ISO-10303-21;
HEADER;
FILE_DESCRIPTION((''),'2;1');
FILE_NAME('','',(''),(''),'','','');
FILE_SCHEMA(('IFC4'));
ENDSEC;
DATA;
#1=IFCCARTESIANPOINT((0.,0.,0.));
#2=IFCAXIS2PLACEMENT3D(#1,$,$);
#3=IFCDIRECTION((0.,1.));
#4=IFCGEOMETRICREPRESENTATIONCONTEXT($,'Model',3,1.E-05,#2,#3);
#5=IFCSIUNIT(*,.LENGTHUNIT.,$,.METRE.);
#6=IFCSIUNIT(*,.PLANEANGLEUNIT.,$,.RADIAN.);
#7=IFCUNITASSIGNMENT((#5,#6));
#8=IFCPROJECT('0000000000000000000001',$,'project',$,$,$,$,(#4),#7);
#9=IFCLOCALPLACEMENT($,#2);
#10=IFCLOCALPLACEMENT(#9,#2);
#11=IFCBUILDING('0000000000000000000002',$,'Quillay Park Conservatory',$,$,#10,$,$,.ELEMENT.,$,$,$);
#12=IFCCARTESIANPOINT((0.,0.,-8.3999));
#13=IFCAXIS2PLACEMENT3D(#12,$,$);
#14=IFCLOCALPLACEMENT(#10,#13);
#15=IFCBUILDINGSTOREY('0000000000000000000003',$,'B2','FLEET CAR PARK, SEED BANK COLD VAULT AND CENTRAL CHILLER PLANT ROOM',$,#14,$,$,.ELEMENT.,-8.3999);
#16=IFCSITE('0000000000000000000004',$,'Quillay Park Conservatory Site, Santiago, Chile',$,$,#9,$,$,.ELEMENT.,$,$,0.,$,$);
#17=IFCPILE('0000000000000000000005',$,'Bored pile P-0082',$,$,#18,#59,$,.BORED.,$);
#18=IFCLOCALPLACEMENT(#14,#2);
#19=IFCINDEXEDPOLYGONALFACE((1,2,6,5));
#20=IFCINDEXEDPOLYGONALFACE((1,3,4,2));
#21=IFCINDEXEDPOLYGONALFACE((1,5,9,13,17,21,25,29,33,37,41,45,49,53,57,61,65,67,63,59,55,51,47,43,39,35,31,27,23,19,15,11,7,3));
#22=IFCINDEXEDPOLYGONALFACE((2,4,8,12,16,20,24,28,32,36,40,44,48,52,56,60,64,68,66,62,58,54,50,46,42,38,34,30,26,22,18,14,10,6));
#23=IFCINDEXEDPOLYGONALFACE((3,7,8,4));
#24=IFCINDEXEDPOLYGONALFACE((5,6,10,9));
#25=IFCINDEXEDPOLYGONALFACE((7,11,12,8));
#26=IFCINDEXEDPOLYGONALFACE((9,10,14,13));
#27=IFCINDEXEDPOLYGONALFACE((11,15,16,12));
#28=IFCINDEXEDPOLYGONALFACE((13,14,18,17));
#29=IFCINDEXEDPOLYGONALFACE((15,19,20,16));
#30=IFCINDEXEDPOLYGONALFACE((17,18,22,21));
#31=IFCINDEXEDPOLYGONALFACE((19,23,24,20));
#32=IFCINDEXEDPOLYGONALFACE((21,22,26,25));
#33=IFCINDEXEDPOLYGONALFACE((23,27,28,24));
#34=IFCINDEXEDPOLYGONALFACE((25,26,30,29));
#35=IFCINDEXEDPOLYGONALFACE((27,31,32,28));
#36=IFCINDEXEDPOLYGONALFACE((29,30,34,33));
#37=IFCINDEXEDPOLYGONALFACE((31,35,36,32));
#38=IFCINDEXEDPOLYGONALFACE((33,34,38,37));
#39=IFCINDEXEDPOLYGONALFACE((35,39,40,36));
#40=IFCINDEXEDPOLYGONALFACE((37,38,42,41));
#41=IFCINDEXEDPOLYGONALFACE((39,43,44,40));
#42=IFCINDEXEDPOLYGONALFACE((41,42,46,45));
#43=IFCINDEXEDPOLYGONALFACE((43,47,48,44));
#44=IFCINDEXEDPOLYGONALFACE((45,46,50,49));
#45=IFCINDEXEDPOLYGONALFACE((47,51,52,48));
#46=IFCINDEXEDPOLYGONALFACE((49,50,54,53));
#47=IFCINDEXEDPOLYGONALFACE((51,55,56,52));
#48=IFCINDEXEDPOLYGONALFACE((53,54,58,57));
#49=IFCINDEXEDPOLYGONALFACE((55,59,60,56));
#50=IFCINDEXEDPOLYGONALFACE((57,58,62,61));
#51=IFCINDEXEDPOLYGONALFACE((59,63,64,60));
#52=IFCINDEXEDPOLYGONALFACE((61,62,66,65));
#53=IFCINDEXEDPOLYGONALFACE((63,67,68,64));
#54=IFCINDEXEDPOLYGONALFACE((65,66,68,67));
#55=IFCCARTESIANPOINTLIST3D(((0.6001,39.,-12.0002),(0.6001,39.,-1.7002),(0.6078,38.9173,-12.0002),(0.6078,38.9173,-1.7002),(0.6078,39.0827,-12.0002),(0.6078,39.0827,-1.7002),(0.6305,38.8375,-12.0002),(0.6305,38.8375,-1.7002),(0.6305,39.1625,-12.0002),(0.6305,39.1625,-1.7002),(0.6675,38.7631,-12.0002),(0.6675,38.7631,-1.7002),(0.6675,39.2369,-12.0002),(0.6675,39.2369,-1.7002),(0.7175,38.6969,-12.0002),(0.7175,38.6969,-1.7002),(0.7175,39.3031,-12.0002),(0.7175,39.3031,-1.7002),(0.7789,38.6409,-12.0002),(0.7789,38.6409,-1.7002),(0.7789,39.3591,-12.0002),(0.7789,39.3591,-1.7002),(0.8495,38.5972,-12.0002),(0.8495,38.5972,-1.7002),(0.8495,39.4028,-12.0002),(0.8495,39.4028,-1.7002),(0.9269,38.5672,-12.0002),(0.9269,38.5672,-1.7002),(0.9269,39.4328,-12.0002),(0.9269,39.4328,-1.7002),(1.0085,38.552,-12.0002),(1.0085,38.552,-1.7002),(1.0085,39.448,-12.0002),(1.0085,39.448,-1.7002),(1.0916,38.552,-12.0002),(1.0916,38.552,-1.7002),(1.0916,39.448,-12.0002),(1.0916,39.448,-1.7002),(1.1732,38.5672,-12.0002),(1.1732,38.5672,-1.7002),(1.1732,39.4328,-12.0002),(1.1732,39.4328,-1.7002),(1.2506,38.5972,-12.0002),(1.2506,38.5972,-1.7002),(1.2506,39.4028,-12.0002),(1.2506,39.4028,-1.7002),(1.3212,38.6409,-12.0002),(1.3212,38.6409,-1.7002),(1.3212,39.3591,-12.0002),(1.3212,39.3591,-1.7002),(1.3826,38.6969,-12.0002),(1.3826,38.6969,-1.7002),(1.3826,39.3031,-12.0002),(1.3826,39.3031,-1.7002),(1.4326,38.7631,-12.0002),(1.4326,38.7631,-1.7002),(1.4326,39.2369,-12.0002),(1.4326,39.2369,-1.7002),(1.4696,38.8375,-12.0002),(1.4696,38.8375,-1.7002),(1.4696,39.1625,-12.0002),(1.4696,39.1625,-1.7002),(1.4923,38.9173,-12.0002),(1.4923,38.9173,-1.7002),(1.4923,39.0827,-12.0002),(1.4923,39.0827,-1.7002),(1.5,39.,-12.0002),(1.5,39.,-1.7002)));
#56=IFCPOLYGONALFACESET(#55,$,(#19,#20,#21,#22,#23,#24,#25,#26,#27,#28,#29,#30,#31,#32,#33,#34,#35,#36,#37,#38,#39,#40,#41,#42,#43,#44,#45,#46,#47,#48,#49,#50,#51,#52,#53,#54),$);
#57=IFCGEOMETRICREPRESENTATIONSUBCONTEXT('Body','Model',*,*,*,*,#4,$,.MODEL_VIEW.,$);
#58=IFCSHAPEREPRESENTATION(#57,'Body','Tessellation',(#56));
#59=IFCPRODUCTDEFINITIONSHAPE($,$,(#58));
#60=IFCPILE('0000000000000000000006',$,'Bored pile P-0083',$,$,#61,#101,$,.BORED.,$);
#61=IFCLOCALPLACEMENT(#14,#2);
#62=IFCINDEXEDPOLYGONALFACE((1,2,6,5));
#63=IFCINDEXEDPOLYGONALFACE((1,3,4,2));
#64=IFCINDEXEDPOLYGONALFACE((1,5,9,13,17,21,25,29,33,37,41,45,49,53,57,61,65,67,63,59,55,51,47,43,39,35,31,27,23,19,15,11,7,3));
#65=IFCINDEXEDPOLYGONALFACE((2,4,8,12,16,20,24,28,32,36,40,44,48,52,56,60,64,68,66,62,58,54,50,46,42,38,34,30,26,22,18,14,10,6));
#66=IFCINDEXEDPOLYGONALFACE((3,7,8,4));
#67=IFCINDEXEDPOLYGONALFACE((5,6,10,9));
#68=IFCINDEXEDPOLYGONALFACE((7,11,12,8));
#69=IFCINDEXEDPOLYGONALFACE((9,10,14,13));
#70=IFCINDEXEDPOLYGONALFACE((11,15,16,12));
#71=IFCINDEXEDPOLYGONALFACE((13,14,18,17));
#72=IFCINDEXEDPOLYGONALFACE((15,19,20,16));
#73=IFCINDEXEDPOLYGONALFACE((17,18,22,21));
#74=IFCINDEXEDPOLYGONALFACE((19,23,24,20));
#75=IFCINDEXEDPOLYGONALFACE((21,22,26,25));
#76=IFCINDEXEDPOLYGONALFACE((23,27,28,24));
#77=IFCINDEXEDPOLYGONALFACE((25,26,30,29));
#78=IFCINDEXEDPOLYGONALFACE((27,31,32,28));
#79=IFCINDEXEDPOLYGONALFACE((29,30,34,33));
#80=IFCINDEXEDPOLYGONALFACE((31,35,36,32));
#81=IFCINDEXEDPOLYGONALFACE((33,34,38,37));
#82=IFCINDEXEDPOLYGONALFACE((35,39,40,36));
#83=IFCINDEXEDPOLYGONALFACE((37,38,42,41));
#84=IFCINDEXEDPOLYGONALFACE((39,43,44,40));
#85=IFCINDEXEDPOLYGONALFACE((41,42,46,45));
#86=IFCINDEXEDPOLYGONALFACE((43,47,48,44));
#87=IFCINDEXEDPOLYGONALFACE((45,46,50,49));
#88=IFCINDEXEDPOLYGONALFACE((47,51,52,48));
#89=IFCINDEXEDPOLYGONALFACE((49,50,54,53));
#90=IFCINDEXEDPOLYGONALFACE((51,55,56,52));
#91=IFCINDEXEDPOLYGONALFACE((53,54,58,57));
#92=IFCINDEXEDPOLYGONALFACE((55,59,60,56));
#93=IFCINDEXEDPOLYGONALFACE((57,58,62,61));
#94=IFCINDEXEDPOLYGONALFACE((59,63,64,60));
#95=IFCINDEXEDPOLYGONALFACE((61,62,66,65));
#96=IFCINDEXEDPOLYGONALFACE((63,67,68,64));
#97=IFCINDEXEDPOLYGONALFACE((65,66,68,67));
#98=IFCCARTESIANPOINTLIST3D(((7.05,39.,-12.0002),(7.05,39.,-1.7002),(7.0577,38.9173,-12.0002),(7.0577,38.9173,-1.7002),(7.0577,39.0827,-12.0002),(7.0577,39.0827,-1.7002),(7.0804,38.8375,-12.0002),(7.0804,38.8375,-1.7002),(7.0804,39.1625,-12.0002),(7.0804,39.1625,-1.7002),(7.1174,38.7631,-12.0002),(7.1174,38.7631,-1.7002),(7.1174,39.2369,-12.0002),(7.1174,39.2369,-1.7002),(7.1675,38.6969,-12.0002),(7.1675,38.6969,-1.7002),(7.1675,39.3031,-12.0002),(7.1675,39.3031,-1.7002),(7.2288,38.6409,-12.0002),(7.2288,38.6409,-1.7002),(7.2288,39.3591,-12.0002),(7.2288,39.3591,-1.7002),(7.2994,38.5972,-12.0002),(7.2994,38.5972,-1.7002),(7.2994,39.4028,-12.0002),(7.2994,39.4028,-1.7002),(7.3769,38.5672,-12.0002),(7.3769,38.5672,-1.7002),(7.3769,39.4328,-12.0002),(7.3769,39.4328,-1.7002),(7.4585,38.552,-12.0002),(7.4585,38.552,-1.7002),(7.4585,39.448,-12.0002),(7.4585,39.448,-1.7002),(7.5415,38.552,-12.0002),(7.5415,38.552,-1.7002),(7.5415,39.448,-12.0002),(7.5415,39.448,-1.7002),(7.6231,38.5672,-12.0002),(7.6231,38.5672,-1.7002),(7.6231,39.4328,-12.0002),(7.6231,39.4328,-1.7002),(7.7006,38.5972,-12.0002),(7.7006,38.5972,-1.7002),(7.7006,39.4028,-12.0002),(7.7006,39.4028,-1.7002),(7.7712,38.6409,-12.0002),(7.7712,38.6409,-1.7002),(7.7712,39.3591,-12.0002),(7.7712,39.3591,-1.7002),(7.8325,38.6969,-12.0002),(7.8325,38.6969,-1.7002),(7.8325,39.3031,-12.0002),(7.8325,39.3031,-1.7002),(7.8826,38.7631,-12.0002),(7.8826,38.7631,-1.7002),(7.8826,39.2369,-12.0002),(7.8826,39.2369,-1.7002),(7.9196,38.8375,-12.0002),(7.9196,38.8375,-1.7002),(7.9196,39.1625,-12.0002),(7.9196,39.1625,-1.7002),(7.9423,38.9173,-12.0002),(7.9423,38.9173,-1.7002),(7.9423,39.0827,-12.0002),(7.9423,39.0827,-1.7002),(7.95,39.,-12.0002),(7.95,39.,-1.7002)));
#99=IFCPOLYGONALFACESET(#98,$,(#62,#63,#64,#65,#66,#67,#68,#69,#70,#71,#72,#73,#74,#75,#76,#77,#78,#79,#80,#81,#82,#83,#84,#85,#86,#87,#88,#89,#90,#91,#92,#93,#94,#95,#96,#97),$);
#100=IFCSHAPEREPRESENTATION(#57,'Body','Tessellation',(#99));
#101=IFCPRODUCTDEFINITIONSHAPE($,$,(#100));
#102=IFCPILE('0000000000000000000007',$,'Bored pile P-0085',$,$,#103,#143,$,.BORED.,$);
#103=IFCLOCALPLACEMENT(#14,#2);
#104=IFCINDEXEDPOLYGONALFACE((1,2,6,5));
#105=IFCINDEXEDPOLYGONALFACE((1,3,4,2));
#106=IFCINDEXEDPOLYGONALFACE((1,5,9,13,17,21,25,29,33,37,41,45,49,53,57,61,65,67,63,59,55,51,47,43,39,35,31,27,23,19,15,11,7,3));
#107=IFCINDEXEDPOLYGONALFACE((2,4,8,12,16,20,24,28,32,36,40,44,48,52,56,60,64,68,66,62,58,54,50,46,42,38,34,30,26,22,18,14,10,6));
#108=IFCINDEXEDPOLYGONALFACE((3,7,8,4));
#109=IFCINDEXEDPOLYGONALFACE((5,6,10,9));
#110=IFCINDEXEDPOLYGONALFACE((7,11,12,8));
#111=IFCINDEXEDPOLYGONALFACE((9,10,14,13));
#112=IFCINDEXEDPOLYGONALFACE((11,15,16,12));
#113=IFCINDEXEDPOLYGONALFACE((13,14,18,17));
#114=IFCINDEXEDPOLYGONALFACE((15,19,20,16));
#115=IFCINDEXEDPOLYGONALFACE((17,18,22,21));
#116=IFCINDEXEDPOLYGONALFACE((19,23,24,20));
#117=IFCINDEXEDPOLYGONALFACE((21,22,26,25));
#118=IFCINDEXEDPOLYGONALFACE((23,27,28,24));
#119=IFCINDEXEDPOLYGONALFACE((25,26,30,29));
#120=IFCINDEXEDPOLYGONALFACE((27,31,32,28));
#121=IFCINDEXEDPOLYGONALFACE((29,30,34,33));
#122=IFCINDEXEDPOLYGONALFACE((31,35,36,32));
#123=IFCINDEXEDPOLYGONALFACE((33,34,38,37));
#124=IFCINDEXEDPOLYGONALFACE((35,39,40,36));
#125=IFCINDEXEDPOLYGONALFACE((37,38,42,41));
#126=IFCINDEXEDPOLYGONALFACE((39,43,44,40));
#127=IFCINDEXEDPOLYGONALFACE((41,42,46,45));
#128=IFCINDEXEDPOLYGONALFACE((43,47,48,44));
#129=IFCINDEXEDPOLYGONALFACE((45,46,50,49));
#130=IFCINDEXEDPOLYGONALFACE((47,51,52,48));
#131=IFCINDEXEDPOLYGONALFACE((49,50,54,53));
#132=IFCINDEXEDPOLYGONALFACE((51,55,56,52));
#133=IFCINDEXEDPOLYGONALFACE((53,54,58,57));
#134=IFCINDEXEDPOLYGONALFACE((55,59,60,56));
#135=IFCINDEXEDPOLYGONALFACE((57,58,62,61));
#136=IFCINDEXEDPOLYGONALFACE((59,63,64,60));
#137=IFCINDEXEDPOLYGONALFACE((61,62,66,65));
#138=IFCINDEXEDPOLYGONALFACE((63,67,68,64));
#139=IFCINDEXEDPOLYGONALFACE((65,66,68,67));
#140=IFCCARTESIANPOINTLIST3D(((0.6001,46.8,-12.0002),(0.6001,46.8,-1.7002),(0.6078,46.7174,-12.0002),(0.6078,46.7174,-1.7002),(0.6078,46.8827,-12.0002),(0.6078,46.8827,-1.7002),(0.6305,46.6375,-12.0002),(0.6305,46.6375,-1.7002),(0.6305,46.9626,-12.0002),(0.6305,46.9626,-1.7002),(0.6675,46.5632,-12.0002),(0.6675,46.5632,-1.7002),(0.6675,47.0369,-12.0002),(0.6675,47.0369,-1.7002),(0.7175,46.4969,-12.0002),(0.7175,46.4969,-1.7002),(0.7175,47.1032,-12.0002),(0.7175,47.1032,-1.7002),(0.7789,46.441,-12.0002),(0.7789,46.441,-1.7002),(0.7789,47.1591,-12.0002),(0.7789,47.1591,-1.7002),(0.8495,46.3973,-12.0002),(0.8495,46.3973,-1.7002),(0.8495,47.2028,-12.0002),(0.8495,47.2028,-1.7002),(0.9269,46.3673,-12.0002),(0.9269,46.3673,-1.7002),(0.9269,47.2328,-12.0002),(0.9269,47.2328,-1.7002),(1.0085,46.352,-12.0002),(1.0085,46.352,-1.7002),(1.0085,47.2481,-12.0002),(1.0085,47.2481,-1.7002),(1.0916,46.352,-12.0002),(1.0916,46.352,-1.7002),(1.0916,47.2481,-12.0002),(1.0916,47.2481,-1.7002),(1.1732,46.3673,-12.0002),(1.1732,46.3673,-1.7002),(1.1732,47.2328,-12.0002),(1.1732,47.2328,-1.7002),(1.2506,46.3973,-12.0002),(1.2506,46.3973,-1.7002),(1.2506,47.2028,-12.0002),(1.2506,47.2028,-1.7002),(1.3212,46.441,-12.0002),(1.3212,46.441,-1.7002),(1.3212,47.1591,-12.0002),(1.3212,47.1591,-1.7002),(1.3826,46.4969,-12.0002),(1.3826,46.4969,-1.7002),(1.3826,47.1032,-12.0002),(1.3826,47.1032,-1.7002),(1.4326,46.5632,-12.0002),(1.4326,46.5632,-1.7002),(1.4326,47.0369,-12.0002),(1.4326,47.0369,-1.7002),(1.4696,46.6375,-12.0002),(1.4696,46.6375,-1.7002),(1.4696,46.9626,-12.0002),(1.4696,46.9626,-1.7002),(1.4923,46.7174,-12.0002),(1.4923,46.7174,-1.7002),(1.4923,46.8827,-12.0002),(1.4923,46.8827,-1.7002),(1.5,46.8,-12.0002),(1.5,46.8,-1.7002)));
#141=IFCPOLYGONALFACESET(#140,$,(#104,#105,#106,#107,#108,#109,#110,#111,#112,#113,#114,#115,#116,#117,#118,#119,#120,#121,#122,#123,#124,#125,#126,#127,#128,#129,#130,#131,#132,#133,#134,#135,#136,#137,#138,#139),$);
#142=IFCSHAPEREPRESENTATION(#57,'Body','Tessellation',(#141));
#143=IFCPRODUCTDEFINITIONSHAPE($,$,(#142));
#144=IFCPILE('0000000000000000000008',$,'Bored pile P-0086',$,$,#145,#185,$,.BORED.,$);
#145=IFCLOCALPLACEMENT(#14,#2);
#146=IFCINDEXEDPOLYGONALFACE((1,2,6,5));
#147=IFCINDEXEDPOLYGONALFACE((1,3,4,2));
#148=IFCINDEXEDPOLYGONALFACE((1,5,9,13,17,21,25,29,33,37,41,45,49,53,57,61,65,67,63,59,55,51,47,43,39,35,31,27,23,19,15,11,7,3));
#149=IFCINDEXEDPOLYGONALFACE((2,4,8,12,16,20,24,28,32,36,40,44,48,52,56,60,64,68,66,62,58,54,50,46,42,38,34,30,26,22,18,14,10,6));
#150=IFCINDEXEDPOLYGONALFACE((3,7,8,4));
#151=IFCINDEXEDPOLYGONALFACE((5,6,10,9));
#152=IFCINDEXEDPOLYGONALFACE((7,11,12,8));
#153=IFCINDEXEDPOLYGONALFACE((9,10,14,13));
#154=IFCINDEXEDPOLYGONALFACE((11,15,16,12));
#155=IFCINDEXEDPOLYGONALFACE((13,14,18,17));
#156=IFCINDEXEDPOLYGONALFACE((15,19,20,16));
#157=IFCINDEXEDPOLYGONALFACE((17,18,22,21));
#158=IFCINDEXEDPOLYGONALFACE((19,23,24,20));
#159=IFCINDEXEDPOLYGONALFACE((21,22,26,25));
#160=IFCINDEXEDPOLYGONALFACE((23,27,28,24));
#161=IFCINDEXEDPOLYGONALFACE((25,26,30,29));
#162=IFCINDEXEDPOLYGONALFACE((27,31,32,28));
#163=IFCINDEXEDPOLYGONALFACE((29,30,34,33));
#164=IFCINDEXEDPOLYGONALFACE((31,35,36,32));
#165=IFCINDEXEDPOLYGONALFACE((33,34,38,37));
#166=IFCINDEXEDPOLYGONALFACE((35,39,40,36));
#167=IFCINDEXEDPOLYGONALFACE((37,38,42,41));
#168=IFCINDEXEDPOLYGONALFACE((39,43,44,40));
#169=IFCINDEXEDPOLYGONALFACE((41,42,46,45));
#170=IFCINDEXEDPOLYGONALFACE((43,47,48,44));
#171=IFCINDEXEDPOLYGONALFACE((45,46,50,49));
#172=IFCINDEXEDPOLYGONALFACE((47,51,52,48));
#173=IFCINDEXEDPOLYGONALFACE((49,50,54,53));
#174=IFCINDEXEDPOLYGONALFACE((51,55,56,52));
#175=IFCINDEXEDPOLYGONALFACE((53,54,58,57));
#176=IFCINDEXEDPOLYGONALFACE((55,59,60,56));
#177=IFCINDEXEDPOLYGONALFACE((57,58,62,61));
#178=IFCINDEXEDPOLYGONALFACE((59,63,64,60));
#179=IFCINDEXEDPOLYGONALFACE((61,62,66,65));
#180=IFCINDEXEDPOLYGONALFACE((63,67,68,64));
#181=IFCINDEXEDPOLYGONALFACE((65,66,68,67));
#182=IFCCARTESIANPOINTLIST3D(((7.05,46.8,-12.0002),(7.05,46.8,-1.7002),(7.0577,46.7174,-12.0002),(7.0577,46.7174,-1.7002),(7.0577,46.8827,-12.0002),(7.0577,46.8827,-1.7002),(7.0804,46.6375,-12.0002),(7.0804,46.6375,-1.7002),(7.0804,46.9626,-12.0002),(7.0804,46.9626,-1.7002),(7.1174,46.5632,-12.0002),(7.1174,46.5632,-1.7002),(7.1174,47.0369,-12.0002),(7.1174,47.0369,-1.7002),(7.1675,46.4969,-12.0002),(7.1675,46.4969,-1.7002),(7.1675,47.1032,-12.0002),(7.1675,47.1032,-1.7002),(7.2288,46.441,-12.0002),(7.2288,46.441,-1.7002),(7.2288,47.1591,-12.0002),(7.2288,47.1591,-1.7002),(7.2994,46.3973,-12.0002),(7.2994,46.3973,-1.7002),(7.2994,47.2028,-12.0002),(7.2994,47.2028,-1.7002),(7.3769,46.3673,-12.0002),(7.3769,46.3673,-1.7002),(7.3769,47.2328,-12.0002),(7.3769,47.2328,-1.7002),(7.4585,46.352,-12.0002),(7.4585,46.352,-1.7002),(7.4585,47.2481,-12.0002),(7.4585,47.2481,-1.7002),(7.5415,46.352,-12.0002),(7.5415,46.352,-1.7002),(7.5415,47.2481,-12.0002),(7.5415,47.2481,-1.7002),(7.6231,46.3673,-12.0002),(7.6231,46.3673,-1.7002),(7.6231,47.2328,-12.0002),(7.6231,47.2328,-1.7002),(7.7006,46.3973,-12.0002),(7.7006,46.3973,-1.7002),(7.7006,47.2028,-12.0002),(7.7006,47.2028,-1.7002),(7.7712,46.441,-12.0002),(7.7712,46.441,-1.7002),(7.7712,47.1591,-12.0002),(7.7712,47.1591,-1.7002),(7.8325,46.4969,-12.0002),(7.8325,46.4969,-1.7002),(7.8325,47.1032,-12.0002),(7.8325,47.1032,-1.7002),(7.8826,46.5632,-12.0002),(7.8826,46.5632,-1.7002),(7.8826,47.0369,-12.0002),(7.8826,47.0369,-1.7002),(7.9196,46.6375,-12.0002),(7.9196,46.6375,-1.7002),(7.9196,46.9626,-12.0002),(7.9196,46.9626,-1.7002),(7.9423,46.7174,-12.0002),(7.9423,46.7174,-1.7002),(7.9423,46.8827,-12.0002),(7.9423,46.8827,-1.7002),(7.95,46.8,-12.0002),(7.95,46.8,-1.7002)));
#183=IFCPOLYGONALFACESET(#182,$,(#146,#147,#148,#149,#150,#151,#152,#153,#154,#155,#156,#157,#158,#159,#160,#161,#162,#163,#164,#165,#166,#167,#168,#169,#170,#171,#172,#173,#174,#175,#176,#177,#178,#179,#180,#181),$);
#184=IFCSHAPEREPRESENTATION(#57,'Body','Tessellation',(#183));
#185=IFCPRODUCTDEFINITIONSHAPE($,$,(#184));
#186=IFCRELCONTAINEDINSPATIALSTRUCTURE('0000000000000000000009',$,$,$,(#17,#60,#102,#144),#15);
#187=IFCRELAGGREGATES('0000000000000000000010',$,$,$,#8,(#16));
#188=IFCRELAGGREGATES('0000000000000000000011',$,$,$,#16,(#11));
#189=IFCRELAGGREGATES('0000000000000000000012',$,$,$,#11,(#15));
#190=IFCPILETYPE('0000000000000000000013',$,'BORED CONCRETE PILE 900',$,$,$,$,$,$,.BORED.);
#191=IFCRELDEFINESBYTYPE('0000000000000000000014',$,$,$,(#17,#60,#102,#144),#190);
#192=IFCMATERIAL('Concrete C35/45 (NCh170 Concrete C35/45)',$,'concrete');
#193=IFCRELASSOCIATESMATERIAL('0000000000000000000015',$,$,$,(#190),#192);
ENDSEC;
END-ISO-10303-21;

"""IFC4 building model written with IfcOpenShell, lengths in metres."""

from ifc_helpers import new_model, si_unit, direction, frame, origin, origin_2d, place, context, subcontext, project, spatial, circle, extrude, material, material_profile, profile_set, type_object, element, save


model = new_model("IFC4")

# Units and contexts
model_context = context("Model", 3, precision=1e-05, world=origin(), true_north=direction((0.0, 1.0)))
body_context = subcontext(model_context, "Body", "Model", "MODEL_VIEW")
ifc_project = project(units=[si_unit("LENGTHUNIT", "METRE"), si_unit("PLANEANGLEUNIT", "RADIAN")], contexts=[model_context])

# Site, building, storey
site_placement = place(None, origin())
site = spatial("IfcSite", under=ifc_project, at=site_placement, Name="Quillay Park Conservatory Site, Santiago, Chile", CompositionType="ELEMENT", RefElevation=0.0)
building_placement = place(site_placement, origin())
building = spatial("IfcBuilding", under=site, at=building_placement, Name="Quillay Park Conservatory", CompositionType="ELEMENT")
storey_placement = place(building_placement, frame((0.0, 0.0, -8.3999)))
storey = spatial("IfcBuildingStorey", under=building, at=storey_placement, Name="B2", Description="FLEET CAR PARK, SEED BANK COLD VAULT AND CENTRAL CHILLER PLANT ROOM", CompositionType="ELEMENT", Elevation=-8.3999)

# Piles
ifc_material_1 = material(Name="Concrete C35/45 (NCh170 Concrete C35/45)", Category="concrete")
ifc_material_profile_1 = material_profile(ifc_material_1, circle(Radius=0.45, at=origin_2d()), Name="PILE900")
ifc_profile_set_1 = profile_set([ifc_material_profile_1], Name="Concrete C35/45 (NCh170 Concrete C35/45)")
pile_type_1 = type_object("IfcPileType", Name="BORED CONCRETE PILE 900", PredefinedType="BORED", material=ifc_profile_set_1)
for number, where, z_axis, x_axis, name in (
    (1, (1.05, 39.0, -1.7002), (0.0, 0.0, -1.0), (1.0, 0.0, 0.0), "Bored pile P-0082"),
    (2, (7.5, 39.0, -1.7002), (0.0, 0.0, -1.0), (1.0, 0.0, 0.0), "Bored pile P-0083"),
    (3, (1.05, 46.8, -1.7002), (0.0, 0.0, -1.0), (1.0, 0.0, 0.0), "Bored pile P-0085"),
    (4, (7.5, 46.8, -1.7002), (0.0, 0.0, -1.0), (1.0, 0.0, 0.0), "Bored pile P-0086"),
):
    element("IfcPile", number, at=place(storey_placement, frame(where, z_axis=z_axis, x_axis=x_axis)), inside=storey, type_object=pile_type_1, Name=name, PredefinedType="BORED", context=body_context, shape_type="SweptSolid", body=[
        extrude(circle(Radius=0.45, at=origin_2d()), origin(), (0.0, 0.0, 1.0), 10.3),
    ])

save(model, "model.ifc")
